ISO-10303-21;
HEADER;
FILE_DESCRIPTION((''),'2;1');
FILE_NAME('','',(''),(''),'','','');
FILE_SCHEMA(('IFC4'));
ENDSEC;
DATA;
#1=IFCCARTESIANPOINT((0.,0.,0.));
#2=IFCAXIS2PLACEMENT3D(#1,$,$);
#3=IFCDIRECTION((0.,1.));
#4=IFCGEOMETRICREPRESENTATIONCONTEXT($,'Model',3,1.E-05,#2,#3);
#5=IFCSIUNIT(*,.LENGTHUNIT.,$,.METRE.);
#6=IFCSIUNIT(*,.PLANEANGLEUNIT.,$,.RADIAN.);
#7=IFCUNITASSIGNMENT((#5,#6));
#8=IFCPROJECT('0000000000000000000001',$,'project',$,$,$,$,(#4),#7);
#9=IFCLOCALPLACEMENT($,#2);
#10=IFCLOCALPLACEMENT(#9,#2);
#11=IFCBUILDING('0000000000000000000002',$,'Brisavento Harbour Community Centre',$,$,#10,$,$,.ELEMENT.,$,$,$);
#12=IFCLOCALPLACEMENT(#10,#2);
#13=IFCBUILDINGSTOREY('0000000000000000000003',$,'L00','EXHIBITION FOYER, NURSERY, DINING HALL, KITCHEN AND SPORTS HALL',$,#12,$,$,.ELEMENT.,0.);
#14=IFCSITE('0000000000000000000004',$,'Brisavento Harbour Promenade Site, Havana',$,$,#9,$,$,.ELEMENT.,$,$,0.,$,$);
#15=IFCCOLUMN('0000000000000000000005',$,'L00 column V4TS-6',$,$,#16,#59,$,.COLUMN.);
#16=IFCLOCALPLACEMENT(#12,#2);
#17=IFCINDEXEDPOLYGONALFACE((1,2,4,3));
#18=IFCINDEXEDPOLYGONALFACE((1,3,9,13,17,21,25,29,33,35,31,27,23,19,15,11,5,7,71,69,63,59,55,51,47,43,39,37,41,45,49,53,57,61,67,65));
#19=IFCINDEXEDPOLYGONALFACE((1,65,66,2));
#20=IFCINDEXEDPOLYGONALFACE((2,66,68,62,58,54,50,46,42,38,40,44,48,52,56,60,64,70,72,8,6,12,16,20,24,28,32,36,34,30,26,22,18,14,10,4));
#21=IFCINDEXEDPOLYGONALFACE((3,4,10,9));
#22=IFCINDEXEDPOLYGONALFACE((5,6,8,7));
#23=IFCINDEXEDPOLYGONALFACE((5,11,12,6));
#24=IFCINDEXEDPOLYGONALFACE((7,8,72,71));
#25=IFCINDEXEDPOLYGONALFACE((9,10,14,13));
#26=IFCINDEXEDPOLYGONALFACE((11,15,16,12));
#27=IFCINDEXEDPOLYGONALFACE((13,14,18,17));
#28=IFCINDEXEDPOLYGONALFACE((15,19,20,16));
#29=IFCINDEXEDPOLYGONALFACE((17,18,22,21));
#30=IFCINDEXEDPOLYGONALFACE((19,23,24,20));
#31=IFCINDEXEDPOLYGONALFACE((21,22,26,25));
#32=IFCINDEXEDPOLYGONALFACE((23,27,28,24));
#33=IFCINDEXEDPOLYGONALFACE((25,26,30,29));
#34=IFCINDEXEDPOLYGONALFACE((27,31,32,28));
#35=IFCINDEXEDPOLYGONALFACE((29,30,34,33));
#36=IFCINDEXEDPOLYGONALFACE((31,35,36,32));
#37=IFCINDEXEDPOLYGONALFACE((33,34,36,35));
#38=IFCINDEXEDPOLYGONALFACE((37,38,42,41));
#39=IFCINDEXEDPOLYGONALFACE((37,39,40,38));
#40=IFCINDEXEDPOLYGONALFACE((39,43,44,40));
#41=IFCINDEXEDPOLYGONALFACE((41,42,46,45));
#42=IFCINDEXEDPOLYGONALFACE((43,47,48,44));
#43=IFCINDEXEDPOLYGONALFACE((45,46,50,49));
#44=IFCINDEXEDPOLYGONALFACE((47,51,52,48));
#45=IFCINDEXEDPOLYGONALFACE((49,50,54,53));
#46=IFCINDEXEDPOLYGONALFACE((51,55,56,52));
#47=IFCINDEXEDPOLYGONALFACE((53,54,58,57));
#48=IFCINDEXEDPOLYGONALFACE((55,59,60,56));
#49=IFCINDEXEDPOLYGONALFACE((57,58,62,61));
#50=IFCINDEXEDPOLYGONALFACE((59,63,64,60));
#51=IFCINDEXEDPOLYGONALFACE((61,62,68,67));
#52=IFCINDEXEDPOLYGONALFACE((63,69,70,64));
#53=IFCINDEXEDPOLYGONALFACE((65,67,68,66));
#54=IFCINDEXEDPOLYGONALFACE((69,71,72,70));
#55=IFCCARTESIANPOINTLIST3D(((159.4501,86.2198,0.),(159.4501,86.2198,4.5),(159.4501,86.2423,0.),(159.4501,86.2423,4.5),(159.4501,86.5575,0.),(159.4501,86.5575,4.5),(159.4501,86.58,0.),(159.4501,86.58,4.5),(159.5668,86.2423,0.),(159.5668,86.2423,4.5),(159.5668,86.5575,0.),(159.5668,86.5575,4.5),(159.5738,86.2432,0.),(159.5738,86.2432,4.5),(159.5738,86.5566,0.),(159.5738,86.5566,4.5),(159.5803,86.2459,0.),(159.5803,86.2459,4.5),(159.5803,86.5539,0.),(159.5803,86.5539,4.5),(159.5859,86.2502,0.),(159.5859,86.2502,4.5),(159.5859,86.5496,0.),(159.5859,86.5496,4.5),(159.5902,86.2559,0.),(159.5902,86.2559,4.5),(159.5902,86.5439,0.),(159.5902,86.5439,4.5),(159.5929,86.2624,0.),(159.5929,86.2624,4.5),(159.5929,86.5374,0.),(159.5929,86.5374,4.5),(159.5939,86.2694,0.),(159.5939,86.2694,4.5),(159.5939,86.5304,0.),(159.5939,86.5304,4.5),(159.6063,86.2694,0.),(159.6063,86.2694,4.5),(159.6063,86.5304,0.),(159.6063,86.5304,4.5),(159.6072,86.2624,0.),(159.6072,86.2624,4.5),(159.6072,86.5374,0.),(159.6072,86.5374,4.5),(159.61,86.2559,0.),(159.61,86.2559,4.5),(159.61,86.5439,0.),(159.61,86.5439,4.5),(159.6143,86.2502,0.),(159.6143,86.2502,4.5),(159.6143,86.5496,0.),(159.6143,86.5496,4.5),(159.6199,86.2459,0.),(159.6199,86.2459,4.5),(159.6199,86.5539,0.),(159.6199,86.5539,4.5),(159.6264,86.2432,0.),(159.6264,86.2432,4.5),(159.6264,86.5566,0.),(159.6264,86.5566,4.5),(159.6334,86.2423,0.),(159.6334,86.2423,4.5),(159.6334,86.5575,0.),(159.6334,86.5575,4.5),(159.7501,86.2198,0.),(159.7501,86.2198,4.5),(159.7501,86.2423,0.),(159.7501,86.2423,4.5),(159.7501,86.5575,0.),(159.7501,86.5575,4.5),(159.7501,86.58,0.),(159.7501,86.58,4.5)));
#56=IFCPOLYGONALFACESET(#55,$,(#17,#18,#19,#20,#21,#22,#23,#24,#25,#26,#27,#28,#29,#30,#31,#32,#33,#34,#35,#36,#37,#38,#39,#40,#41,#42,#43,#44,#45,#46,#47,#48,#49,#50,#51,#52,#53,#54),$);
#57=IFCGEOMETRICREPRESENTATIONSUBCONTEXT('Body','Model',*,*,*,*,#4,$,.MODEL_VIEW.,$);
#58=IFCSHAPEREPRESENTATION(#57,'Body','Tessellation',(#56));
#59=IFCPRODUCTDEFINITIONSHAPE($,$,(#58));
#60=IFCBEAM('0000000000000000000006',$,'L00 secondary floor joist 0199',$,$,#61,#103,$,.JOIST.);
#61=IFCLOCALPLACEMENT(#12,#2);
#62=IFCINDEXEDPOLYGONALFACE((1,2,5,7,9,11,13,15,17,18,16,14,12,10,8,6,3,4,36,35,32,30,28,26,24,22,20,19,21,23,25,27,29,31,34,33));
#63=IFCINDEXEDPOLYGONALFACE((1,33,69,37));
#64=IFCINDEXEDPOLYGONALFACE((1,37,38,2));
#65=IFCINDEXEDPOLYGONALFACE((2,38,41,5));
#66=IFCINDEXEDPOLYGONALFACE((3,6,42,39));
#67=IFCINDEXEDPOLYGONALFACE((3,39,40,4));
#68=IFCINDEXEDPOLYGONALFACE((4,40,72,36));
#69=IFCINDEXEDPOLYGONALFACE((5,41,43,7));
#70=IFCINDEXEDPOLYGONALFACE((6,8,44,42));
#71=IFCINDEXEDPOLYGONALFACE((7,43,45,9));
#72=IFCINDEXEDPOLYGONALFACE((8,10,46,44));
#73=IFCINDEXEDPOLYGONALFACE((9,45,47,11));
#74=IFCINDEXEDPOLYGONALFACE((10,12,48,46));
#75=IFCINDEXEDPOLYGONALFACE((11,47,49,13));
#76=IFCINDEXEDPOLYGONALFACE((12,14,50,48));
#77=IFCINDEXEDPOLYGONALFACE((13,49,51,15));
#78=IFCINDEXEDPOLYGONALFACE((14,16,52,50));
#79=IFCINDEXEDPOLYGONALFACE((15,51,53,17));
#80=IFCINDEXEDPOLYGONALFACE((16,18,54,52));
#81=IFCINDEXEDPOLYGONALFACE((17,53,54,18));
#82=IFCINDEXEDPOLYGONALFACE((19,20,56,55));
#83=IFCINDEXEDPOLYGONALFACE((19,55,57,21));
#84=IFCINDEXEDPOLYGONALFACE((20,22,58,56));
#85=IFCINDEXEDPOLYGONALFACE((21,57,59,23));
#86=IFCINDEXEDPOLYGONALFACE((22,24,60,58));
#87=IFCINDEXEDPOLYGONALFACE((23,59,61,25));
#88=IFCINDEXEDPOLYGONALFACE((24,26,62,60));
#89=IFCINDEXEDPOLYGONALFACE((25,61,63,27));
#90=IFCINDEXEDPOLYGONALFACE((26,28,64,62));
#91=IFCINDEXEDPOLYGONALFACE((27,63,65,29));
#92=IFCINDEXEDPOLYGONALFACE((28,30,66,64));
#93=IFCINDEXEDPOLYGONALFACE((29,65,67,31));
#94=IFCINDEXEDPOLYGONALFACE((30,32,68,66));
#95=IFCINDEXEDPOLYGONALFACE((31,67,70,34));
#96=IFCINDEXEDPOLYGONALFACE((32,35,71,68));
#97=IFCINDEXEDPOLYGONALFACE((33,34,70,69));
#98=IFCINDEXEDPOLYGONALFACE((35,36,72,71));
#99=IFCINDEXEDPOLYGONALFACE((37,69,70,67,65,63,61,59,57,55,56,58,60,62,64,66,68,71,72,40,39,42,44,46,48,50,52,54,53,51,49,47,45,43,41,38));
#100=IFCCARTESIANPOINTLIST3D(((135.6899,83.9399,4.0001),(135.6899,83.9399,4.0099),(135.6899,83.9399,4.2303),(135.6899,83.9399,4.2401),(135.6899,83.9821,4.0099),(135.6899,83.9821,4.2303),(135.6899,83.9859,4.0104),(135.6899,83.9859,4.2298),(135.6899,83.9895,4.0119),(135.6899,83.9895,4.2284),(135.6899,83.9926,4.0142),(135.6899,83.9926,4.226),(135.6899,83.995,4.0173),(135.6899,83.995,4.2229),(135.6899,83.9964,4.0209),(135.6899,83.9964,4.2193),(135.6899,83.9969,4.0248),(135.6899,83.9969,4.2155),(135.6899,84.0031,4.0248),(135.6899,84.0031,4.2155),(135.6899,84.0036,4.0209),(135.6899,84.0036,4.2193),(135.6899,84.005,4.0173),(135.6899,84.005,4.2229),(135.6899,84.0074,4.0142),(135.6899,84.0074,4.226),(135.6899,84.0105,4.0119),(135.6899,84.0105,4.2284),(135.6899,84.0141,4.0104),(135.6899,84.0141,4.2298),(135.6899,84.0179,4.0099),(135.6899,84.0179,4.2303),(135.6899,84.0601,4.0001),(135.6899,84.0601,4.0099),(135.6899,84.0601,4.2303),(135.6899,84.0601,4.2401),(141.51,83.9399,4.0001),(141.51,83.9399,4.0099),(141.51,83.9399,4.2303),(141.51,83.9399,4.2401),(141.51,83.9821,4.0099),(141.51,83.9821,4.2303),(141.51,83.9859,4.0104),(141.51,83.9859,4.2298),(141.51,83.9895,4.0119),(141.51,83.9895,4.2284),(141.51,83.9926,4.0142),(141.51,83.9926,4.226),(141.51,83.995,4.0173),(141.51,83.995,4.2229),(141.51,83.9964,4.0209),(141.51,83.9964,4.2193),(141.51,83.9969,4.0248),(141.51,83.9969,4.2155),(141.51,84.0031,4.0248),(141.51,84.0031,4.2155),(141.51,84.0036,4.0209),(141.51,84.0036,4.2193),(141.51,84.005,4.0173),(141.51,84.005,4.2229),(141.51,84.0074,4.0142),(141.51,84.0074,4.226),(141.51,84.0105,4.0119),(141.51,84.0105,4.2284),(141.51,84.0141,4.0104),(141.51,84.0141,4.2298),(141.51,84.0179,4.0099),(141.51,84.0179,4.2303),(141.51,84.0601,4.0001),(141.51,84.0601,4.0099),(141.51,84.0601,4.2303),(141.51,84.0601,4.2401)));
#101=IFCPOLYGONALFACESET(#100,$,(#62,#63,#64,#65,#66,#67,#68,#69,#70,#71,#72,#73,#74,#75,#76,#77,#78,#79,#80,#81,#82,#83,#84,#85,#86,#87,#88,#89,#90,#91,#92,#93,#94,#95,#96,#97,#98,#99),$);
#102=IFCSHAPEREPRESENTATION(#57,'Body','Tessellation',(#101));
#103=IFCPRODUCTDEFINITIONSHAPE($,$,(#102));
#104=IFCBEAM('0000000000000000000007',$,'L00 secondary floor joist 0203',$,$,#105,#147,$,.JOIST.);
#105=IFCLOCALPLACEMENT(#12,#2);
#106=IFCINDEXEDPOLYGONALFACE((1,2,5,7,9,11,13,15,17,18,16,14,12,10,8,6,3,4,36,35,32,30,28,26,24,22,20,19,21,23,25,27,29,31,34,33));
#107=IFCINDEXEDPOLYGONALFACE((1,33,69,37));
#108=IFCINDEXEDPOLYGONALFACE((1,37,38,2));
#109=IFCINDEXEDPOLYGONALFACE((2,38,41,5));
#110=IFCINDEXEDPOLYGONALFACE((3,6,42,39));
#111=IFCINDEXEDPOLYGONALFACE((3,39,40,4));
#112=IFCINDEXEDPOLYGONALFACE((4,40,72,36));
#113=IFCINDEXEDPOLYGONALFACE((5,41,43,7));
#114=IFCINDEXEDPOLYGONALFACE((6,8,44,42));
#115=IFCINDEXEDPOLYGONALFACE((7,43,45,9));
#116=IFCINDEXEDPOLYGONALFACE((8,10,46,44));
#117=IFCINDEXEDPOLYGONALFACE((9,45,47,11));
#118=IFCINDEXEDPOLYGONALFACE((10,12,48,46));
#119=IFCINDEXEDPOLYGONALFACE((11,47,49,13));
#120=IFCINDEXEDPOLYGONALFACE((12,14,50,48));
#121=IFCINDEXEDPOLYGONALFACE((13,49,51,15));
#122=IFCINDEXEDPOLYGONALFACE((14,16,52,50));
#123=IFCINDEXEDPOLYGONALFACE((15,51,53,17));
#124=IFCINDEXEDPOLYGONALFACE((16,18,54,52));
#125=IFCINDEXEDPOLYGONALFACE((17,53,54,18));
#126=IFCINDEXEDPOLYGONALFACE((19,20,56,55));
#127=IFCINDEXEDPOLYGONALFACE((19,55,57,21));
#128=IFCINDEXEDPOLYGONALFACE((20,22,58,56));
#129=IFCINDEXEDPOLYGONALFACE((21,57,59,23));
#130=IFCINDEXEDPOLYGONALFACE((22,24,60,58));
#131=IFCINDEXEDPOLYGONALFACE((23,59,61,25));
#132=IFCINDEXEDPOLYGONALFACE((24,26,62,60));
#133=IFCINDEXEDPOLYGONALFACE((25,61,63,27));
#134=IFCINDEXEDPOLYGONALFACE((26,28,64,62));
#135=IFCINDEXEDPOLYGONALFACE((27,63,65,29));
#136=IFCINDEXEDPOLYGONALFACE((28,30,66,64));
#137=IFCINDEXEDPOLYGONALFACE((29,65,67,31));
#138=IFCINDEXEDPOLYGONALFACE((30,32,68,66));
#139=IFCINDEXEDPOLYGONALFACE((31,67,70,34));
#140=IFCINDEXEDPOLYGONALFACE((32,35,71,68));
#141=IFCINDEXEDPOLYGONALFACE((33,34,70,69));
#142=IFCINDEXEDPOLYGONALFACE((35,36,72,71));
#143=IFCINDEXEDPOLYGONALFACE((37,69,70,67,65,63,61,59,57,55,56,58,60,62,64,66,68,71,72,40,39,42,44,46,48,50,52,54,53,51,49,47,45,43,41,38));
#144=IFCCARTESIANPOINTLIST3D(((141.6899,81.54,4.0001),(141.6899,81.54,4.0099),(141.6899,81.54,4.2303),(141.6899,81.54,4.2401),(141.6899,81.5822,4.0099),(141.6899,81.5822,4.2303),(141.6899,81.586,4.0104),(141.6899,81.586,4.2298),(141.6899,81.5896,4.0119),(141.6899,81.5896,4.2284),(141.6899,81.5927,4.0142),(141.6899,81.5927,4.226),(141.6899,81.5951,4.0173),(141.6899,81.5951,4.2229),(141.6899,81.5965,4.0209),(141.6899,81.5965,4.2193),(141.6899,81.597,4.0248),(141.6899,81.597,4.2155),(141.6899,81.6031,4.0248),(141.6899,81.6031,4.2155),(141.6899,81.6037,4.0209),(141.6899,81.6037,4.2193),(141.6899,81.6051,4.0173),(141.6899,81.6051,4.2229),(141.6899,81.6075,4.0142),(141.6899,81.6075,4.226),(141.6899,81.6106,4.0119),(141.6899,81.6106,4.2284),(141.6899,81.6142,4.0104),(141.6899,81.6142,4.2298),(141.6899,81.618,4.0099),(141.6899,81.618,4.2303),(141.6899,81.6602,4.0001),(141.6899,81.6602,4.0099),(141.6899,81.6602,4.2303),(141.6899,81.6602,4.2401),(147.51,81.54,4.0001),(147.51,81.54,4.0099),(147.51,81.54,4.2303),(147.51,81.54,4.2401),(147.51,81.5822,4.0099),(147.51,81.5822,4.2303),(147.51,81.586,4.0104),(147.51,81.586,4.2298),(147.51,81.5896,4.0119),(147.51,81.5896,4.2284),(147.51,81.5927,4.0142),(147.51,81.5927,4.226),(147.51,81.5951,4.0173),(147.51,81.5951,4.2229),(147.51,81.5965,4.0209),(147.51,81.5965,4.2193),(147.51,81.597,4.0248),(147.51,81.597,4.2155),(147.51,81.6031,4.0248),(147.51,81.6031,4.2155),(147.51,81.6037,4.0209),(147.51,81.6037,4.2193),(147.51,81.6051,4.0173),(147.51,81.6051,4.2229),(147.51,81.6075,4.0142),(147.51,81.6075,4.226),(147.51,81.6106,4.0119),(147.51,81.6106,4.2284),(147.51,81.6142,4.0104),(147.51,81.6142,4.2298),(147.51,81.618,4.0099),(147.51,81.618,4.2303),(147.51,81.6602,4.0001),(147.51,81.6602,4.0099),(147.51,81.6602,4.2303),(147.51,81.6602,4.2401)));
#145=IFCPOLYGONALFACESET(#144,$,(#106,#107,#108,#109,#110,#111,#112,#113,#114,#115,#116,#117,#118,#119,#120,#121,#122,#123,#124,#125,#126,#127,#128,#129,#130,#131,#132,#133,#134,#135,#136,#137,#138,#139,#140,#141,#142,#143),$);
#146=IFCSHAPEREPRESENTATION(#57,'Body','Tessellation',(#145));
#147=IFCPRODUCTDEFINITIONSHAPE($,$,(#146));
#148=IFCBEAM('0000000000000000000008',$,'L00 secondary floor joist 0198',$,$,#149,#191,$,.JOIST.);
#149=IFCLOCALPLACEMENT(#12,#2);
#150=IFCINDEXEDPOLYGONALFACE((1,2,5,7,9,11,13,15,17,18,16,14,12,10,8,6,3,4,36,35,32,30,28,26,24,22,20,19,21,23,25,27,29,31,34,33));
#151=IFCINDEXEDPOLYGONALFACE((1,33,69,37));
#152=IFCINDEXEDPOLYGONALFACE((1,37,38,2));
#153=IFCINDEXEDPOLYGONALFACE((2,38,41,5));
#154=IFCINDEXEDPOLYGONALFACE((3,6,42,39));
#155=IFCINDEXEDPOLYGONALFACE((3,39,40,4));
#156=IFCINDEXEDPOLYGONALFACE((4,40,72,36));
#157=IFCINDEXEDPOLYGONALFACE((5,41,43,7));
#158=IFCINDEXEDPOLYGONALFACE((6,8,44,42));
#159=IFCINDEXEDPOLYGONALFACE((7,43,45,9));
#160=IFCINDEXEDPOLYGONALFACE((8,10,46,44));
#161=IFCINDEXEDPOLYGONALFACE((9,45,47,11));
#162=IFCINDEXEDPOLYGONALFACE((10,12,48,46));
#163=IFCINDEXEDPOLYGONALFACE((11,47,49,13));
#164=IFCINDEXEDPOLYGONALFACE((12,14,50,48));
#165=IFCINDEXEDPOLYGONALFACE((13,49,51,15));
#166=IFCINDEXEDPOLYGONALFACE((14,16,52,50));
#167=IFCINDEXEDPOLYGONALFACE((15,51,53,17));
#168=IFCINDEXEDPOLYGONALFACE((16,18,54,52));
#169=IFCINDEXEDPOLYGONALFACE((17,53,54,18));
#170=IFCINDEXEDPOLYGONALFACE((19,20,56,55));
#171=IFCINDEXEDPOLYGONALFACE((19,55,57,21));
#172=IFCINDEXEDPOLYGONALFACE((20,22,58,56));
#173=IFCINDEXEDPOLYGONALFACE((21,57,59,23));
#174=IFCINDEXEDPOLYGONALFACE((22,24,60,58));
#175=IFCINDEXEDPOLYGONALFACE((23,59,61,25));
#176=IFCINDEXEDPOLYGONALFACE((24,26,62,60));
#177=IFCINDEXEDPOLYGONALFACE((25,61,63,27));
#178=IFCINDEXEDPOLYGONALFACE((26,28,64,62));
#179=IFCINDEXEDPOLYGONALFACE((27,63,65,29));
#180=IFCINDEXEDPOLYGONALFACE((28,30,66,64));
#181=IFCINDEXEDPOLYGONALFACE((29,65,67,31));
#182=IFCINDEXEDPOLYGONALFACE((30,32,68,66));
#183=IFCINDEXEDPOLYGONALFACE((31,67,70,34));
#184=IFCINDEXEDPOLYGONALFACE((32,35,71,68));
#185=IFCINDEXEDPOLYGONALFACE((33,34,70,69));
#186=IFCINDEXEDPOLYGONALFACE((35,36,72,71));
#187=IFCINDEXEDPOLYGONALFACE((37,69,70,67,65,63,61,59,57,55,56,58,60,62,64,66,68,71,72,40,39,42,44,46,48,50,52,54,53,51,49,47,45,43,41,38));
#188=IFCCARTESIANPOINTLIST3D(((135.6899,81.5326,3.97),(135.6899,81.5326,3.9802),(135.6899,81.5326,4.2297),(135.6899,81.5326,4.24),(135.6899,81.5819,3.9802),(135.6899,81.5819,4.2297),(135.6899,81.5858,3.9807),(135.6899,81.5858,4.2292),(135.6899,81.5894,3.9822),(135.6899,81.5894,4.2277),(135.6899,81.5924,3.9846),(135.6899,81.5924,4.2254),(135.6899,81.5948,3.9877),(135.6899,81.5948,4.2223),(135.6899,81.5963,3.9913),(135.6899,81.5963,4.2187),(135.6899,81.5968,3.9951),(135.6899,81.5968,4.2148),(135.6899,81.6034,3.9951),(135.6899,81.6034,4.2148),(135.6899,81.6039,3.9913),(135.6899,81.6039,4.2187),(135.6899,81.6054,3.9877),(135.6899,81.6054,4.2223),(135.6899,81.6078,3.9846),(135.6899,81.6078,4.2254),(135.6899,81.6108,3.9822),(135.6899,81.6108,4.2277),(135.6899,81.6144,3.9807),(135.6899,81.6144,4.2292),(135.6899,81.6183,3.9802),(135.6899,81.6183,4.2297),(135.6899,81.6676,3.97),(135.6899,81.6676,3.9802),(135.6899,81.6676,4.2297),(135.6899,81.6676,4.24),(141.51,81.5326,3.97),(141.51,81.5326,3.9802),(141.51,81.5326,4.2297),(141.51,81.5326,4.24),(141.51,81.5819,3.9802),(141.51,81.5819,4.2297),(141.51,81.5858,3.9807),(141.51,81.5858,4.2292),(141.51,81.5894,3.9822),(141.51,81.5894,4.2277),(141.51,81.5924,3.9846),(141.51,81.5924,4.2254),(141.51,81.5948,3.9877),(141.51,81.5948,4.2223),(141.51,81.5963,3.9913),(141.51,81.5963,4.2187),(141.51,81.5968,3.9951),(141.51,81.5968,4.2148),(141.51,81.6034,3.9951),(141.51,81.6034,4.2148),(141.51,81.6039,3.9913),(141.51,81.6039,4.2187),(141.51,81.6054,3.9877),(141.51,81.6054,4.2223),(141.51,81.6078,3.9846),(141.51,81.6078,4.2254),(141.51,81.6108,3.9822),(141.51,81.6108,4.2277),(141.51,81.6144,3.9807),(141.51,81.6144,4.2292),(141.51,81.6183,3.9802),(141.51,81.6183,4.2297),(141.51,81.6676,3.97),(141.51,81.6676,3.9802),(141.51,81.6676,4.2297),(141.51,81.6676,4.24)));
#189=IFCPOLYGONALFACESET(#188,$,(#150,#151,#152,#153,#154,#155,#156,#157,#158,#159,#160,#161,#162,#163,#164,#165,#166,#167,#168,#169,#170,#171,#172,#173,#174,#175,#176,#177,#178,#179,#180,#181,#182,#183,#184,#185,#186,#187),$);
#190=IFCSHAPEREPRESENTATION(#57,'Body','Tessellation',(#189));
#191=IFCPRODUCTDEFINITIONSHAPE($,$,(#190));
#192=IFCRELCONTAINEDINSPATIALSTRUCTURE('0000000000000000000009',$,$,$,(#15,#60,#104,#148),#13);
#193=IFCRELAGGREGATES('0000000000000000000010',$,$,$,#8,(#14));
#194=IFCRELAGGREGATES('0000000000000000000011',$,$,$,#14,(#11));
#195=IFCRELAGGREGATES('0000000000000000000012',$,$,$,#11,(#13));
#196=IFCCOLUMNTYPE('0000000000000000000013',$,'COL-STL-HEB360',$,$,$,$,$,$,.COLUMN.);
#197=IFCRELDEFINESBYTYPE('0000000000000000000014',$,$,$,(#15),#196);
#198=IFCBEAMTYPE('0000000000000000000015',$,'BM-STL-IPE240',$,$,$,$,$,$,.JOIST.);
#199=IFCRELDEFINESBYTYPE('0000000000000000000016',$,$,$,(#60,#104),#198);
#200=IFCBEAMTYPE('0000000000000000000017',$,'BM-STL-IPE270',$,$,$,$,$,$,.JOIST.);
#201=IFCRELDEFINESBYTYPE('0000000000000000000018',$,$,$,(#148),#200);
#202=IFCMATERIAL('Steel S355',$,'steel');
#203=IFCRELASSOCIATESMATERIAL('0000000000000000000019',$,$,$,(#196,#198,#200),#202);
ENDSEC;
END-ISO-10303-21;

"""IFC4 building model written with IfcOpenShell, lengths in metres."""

from ifc_helpers import new_model, si_unit, direction, frame, origin, origin_2d, place, context, subcontext, project, spatial, i_section, extrude, material, material_profile, profile_set, type_object, element, save


model = new_model("IFC4")

# Units and contexts
model_context = context("Model", 3, precision=1e-05, world=origin(), true_north=direction((0.0, 1.0)))
body_context = subcontext(model_context, "Body", "Model", "MODEL_VIEW")
ifc_project = project(units=[si_unit("LENGTHUNIT", "METRE"), si_unit("PLANEANGLEUNIT", "RADIAN")], contexts=[model_context])

# Site, building, storey
site_placement = place(None, origin())
site = spatial("IfcSite", under=ifc_project, at=site_placement, Name="Brisavento Harbour Promenade Site, Havana", CompositionType="ELEMENT", RefElevation=0.0)
building_placement = place(site_placement, origin())
building = spatial("IfcBuilding", under=site, at=building_placement, Name="Brisavento Harbour Community Centre", CompositionType="ELEMENT")
storey_placement = place(building_placement, origin())
storey = spatial("IfcBuildingStorey", under=building, at=storey_placement, Name="L00", Description="EXHIBITION FOYER, NURSERY, DINING HALL, KITCHEN AND SPORTS HALL", CompositionType="ELEMENT", Elevation=0.0)

# Column
ifc_material_1 = material(Name="Steel S355", Category="steel")
ifc_material_profile_1 = material_profile(ifc_material_1, i_section(OverallWidth=0.3, OverallDepth=0.3601, WebThickness=0.0125, FlangeThickness=0.0225, FilletRadius=0.0271, at=origin_2d()), Name="Steel S355")
ifc_profile_set_1 = profile_set([ifc_material_profile_1], Name="Steel S355")
column_type = type_object("IfcColumnType", Name="COL-STL-HEB360", PredefinedType="COLUMN", material=ifc_profile_set_1)
for number, where, z_axis, x_axis, name in (
    (1, (159.6001, 86.3999, 0.0), (0.0, 0.0, 1.0), (1.0, 0.0, 0.0), "L00 column V4TS-6"),
):
    element("IfcColumn", number, at=place(storey_placement, frame(where, z_axis=z_axis, x_axis=x_axis)), inside=storey, type_object=column_type, Name=name, PredefinedType="COLUMN", context=body_context, shape_type="SweptSolid", body=[
        extrude(i_section(OverallWidth=0.3, OverallDepth=0.3601, WebThickness=0.0125, FlangeThickness=0.0225, FilletRadius=0.0271, at=origin_2d()), origin(), (0.0, 0.0, 1.0), 4.5),
    ])

# Beams
ifc_material_profile_2 = material_profile(ifc_material_1, i_section(OverallWidth=0.1201, OverallDepth=0.24, WebThickness=0.0061, FlangeThickness=0.0098, FilletRadius=0.0149, at=origin_2d()), Name="Steel S355")
ifc_profile_set_2 = profile_set([ifc_material_profile_2], Name="Steel S355")
beam_type_1 = type_object("IfcBeamType", Name="BM-STL-IPE240", PredefinedType="JOIST", material=ifc_profile_set_2)
for number, where, z_axis, x_axis, name in (
    (2, (135.6899, 84.0, 4.1201), (1.0, 0.0, 0.0), (0.0, 1.0, 0.0), "L00 secondary floor joist 0199"),
    (3, (141.6899, 81.6001, 4.1201), (1.0, 0.0, 0.0), (0.0, 1.0, 0.0), "L00 secondary floor joist 0203"),
):
    element("IfcBeam", number, at=place(storey_placement, frame(where, z_axis=z_axis, x_axis=x_axis)), inside=storey, type_object=beam_type_1, Name=name, PredefinedType="JOIST", context=body_context, shape_type="SweptSolid", body=[
        extrude(i_section(OverallWidth=0.1201, OverallDepth=0.24, WebThickness=0.0061, FlangeThickness=0.0098, FilletRadius=0.0149, at=origin_2d()), origin(), (0.0, 0.0, 1.0), 5.8201),
    ])
ifc_material_profile_3 = material_profile(ifc_material_1, i_section(OverallWidth=0.135, OverallDepth=0.27, WebThickness=0.0066, FlangeThickness=0.0103, FilletRadius=0.0149, at=origin_2d()), Name="Steel S355")
ifc_profile_set_3 = profile_set([ifc_material_profile_3], Name="Steel S355")
beam_type_2 = type_object("IfcBeamType", Name="BM-STL-IPE270", PredefinedType="JOIST", material=ifc_profile_set_3)
beam_1_placement = place(storey_placement, frame((135.6899, 81.6001, 4.105), z_axis=(1.0, 0.0, 0.0), x_axis=(0.0, 1.0, 0.0)))
element("IfcBeam", 4, at=beam_1_placement, inside=storey, type_object=beam_type_2, Name="L00 secondary floor joist 0198", PredefinedType="JOIST", context=body_context, shape_type="SweptSolid", body=[
    extrude(i_section(OverallWidth=0.135, OverallDepth=0.27, WebThickness=0.0066, FlangeThickness=0.0103, FilletRadius=0.0149, at=origin_2d()), origin(), (0.0, 0.0, 1.0), 5.8201),
])

save(model, "model.ifc")
